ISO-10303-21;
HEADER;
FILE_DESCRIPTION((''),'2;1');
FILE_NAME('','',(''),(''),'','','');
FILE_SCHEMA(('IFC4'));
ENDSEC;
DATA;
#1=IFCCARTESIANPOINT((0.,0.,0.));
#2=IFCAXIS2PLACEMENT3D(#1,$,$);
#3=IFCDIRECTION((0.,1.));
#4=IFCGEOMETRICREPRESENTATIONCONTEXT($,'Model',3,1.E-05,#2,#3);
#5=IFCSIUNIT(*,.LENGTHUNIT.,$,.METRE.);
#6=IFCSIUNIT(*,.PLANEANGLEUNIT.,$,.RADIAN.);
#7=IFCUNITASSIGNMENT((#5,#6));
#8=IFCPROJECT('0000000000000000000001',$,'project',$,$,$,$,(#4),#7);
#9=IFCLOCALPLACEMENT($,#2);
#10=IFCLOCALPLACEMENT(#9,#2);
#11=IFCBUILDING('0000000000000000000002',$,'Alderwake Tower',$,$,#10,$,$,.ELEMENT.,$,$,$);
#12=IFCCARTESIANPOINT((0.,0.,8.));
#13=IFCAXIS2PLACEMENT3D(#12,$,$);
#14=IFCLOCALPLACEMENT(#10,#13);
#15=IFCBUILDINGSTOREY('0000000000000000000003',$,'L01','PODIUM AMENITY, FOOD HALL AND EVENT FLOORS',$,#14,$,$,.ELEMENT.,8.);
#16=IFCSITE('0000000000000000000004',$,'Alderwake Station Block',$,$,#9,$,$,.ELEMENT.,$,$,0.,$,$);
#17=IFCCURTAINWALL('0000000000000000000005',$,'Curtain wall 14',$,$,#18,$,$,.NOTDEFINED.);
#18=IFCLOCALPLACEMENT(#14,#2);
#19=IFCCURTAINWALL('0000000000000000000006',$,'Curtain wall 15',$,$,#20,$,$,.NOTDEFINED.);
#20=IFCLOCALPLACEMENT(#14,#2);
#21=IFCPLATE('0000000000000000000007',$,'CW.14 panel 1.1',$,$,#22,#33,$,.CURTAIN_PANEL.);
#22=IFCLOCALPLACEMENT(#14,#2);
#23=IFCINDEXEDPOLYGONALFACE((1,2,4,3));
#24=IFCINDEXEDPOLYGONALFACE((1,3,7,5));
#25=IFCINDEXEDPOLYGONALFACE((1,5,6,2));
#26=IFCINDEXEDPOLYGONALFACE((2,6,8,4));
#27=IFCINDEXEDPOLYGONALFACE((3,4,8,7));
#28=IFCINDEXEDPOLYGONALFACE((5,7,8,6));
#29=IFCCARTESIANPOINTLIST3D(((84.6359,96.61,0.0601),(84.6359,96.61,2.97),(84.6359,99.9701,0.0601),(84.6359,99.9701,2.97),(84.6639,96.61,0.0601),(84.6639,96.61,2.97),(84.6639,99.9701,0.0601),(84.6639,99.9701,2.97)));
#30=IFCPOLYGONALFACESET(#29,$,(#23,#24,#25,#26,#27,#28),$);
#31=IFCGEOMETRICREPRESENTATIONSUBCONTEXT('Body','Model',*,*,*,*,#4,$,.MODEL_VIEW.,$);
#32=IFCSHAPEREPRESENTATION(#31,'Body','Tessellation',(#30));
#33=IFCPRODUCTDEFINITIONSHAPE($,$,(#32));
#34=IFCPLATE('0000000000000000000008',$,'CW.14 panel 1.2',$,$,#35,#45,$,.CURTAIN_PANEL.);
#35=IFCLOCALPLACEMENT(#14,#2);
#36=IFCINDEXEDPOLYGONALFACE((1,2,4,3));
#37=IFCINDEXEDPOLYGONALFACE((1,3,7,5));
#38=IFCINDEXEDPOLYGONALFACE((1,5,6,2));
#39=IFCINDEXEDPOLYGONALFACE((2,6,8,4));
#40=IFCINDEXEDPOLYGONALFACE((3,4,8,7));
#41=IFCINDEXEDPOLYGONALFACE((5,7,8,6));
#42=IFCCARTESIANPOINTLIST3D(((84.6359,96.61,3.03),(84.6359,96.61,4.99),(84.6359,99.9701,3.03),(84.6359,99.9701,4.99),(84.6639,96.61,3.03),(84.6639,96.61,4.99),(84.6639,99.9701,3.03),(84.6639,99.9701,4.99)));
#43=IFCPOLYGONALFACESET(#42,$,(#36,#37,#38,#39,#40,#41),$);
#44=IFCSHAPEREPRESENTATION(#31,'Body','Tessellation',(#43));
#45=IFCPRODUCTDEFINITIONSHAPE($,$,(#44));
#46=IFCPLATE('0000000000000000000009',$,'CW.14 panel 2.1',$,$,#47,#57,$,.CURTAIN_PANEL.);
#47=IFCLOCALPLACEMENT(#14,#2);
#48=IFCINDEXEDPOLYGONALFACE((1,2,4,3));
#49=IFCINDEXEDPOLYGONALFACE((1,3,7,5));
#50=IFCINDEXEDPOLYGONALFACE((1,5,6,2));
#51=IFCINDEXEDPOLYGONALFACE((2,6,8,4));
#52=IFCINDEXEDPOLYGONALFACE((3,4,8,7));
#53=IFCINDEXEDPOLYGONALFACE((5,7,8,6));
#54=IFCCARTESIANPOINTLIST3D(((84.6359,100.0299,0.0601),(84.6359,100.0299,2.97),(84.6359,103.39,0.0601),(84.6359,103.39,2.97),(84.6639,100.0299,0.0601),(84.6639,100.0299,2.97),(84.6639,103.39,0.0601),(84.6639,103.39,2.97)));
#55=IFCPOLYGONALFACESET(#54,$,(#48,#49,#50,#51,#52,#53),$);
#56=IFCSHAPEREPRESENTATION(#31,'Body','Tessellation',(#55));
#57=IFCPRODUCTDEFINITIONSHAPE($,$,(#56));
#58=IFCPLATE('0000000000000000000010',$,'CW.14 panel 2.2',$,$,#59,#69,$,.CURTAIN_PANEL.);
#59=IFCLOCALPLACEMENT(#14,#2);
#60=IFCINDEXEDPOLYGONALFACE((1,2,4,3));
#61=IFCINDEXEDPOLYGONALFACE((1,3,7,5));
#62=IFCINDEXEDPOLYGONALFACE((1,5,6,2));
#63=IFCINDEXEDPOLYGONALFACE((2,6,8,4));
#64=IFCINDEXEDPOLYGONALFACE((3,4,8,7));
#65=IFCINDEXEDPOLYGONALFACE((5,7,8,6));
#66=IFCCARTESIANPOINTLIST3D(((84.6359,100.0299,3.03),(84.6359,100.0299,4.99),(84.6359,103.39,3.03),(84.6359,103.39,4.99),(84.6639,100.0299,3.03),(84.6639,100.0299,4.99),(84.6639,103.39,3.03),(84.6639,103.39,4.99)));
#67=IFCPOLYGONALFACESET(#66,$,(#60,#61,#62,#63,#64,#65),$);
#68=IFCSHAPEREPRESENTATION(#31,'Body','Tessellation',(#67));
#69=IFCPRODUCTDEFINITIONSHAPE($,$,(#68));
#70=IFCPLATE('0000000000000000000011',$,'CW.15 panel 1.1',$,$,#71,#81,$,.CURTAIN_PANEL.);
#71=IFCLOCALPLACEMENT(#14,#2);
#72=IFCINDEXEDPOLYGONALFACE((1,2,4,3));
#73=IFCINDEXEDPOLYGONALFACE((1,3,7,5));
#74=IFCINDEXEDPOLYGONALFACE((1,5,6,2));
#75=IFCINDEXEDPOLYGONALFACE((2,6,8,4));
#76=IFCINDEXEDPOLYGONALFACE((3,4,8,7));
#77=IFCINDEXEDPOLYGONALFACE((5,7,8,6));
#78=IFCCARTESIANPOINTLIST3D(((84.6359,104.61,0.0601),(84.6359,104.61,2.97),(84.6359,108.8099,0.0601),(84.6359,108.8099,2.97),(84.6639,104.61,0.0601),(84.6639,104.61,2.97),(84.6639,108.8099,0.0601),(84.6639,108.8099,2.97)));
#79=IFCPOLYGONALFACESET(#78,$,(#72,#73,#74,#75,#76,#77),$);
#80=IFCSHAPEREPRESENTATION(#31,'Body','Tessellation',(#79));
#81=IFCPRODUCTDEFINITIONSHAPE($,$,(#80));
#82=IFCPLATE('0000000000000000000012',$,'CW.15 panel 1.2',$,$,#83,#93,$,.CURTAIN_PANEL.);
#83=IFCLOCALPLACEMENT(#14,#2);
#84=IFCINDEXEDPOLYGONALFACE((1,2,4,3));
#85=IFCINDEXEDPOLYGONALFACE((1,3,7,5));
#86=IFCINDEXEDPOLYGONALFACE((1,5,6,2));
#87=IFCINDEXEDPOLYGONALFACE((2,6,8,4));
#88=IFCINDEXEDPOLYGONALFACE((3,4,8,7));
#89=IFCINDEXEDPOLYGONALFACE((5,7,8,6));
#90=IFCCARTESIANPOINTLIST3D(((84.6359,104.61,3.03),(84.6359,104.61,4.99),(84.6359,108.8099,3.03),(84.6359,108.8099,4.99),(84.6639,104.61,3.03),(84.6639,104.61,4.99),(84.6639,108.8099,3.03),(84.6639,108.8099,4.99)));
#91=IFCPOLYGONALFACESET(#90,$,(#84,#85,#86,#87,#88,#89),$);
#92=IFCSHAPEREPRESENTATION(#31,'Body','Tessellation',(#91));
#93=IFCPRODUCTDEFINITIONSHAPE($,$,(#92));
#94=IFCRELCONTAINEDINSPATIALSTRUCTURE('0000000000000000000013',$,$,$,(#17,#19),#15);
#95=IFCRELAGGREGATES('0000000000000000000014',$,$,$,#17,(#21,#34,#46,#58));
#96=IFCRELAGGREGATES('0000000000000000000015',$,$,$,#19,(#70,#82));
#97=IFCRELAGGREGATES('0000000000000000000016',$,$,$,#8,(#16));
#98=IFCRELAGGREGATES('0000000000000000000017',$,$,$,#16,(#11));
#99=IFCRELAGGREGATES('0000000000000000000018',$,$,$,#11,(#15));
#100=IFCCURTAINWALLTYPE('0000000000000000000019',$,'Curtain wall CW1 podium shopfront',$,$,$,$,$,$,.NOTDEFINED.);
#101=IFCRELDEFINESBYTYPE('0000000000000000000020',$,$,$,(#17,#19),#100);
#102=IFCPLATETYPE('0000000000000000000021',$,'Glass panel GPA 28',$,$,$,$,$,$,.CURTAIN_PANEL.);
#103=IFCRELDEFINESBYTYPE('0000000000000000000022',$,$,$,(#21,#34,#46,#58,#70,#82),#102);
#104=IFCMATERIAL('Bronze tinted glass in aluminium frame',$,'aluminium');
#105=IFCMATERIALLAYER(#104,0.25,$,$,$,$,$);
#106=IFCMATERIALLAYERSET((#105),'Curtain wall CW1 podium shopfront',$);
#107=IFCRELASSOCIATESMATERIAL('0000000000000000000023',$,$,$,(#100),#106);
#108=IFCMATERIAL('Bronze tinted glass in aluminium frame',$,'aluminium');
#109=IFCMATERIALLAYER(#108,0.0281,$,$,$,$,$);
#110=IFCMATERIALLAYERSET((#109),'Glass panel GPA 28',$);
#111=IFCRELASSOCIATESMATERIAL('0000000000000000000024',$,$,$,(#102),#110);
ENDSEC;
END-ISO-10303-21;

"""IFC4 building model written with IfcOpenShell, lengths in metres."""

from ifc_helpers import new_model, si_unit, direction, frame, origin, origin_2d, place, context, subcontext, project, spatial, rectangle, extrude, material, layer, layer_set, type_object, element, aggregate, save


model = new_model("IFC4")

# Units and contexts
model_context = context("Model", 3, precision=1e-05, world=origin(), true_north=direction((0.0, 1.0)))
body_context = subcontext(model_context, "Body", "Model", "MODEL_VIEW")
ifc_project = project(units=[si_unit("LENGTHUNIT", "METRE"), si_unit("PLANEANGLEUNIT", "RADIAN")], contexts=[model_context])

# Site, building, storey
site_placement = place(None, origin())
site = spatial("IfcSite", under=ifc_project, at=site_placement, Name="Alderwake Station Block", CompositionType="ELEMENT", RefElevation=0.0)
building_placement = place(site_placement, origin())
building = spatial("IfcBuilding", under=site, at=building_placement, Name="Alderwake Tower", CompositionType="ELEMENT")
storey_placement = place(building_placement, frame((0.0, 0.0, 8.0)))
storey = spatial("IfcBuildingStorey", under=building, at=storey_placement, Name="L01", Description="PODIUM AMENITY, FOOD HALL AND EVENT FLOORS", CompositionType="ELEMENT", Elevation=8.0)

# Curtain walls
ifc_material_1 = material(Name="Bronze tinted glass in aluminium frame", Category="aluminium")
ifc_layer_1 = layer(ifc_material_1, 0.25)
ifc_layer_set_1 = layer_set([ifc_layer_1], Name="Curtain wall CW1 podium shopfront")
curtain_wall_type = type_object("IfcCurtainWallType", Name="Curtain wall CW1 podium shopfront", PredefinedType="NOTDEFINED", material=ifc_layer_set_1)
curtain_wall_1_placement = place(storey_placement, origin())
curtain_wall_1 = element("IfcCurtainWall", 1, at=curtain_wall_1_placement, inside=storey, type_object=curtain_wall_type, Name="Curtain wall 14", PredefinedType="NOTDEFINED")
curtain_wall_2_placement = place(storey_placement, origin())
curtain_wall_2 = element("IfcCurtainWall", 2, at=curtain_wall_2_placement, inside=storey, type_object=curtain_wall_type, Name="Curtain wall 15", PredefinedType="NOTDEFINED")

# Plates
ifc_material_2 = material(Name="Bronze tinted glass in aluminium frame", Category="aluminium")
ifc_layer_2 = layer(ifc_material_2, 0.0281)
ifc_layer_set_2 = layer_set([ifc_layer_2], Name="Glass panel GPA 28")
plate_type = type_object("IfcPlateType", Name="Glass panel GPA 28", PredefinedType="CURTAIN_PANEL", material=ifc_layer_set_2)
plate_1_placement = place(storey_placement, frame((84.6499, 98.29, 0.0601), z_axis=(0.0, 0.0, 1.0), x_axis=(0.0, 1.0, 0.0)))
plate_1 = element("IfcPlate", 3, at=plate_1_placement, type_object=plate_type, Name="CW.14 panel 1.1", PredefinedType="CURTAIN_PANEL", context=body_context, shape_type="SweptSolid", body=[
    extrude(rectangle(XDim=3.3601, YDim=0.0281, at=origin_2d()), origin(), (0.0, 0.0, 1.0), 2.9099),
])
plate_2_placement = place(storey_placement, frame((84.6499, 98.29, 3.03), z_axis=(0.0, 0.0, 1.0), x_axis=(0.0, 1.0, 0.0)))
plate_2 = element("IfcPlate", 4, at=plate_2_placement, type_object=plate_type, Name="CW.14 panel 1.2", PredefinedType="CURTAIN_PANEL", context=body_context, shape_type="SweptSolid", body=[
    extrude(rectangle(XDim=3.3601, YDim=0.0281, at=origin_2d()), origin(), (0.0, 0.0, 1.0), 1.96),
])
plate_3_placement = place(storey_placement, frame((84.6499, 101.71, 0.0601), z_axis=(0.0, 0.0, 1.0), x_axis=(0.0, 1.0, 0.0)))
plate_3 = element("IfcPlate", 5, at=plate_3_placement, type_object=plate_type, Name="CW.14 panel 2.1", PredefinedType="CURTAIN_PANEL", context=body_context, shape_type="SweptSolid", body=[
    extrude(rectangle(XDim=3.3601, YDim=0.0281, at=origin_2d()), origin(), (0.0, 0.0, 1.0), 2.9099),
])
plate_4_placement = place(storey_placement, frame((84.6499, 101.71, 3.03), z_axis=(0.0, 0.0, 1.0), x_axis=(0.0, 1.0, 0.0)))
plate_4 = element("IfcPlate", 6, at=plate_4_placement, type_object=plate_type, Name="CW.14 panel 2.2", PredefinedType="CURTAIN_PANEL", context=body_context, shape_type="SweptSolid", body=[
    extrude(rectangle(XDim=3.3601, YDim=0.0281, at=origin_2d()), origin(), (0.0, 0.0, 1.0), 1.96),
])
aggregate(curtain_wall_1, [plate_1, plate_2, plate_3, plate_4])
plate_5_placement = place(storey_placement, frame((84.6499, 106.71, 0.0601), z_axis=(0.0, 0.0, 1.0), x_axis=(0.0, 1.0, 0.0)))
plate_5 = element("IfcPlate", 7, at=plate_5_placement, type_object=plate_type, Name="CW.15 panel 1.1", PredefinedType="CURTAIN_PANEL", context=body_context, shape_type="SweptSolid", body=[
    extrude(rectangle(XDim=4.2, YDim=0.0281, at=origin_2d()), origin(), (0.0, 0.0, 1.0), 2.9099),
])
plate_6_placement = place(storey_placement, frame((84.6499, 106.71, 3.03), z_axis=(0.0, 0.0, 1.0), x_axis=(0.0, 1.0, 0.0)))
plate_6 = element("IfcPlate", 8, at=plate_6_placement, type_object=plate_type, Name="CW.15 panel 1.2", PredefinedType="CURTAIN_PANEL", context=body_context, shape_type="SweptSolid", body=[
    extrude(rectangle(XDim=4.2, YDim=0.0281, at=origin_2d()), origin(), (0.0, 0.0, 1.0), 1.96),
])
aggregate(curtain_wall_2, [plate_5, plate_6])

save(model, "model.ifc")
